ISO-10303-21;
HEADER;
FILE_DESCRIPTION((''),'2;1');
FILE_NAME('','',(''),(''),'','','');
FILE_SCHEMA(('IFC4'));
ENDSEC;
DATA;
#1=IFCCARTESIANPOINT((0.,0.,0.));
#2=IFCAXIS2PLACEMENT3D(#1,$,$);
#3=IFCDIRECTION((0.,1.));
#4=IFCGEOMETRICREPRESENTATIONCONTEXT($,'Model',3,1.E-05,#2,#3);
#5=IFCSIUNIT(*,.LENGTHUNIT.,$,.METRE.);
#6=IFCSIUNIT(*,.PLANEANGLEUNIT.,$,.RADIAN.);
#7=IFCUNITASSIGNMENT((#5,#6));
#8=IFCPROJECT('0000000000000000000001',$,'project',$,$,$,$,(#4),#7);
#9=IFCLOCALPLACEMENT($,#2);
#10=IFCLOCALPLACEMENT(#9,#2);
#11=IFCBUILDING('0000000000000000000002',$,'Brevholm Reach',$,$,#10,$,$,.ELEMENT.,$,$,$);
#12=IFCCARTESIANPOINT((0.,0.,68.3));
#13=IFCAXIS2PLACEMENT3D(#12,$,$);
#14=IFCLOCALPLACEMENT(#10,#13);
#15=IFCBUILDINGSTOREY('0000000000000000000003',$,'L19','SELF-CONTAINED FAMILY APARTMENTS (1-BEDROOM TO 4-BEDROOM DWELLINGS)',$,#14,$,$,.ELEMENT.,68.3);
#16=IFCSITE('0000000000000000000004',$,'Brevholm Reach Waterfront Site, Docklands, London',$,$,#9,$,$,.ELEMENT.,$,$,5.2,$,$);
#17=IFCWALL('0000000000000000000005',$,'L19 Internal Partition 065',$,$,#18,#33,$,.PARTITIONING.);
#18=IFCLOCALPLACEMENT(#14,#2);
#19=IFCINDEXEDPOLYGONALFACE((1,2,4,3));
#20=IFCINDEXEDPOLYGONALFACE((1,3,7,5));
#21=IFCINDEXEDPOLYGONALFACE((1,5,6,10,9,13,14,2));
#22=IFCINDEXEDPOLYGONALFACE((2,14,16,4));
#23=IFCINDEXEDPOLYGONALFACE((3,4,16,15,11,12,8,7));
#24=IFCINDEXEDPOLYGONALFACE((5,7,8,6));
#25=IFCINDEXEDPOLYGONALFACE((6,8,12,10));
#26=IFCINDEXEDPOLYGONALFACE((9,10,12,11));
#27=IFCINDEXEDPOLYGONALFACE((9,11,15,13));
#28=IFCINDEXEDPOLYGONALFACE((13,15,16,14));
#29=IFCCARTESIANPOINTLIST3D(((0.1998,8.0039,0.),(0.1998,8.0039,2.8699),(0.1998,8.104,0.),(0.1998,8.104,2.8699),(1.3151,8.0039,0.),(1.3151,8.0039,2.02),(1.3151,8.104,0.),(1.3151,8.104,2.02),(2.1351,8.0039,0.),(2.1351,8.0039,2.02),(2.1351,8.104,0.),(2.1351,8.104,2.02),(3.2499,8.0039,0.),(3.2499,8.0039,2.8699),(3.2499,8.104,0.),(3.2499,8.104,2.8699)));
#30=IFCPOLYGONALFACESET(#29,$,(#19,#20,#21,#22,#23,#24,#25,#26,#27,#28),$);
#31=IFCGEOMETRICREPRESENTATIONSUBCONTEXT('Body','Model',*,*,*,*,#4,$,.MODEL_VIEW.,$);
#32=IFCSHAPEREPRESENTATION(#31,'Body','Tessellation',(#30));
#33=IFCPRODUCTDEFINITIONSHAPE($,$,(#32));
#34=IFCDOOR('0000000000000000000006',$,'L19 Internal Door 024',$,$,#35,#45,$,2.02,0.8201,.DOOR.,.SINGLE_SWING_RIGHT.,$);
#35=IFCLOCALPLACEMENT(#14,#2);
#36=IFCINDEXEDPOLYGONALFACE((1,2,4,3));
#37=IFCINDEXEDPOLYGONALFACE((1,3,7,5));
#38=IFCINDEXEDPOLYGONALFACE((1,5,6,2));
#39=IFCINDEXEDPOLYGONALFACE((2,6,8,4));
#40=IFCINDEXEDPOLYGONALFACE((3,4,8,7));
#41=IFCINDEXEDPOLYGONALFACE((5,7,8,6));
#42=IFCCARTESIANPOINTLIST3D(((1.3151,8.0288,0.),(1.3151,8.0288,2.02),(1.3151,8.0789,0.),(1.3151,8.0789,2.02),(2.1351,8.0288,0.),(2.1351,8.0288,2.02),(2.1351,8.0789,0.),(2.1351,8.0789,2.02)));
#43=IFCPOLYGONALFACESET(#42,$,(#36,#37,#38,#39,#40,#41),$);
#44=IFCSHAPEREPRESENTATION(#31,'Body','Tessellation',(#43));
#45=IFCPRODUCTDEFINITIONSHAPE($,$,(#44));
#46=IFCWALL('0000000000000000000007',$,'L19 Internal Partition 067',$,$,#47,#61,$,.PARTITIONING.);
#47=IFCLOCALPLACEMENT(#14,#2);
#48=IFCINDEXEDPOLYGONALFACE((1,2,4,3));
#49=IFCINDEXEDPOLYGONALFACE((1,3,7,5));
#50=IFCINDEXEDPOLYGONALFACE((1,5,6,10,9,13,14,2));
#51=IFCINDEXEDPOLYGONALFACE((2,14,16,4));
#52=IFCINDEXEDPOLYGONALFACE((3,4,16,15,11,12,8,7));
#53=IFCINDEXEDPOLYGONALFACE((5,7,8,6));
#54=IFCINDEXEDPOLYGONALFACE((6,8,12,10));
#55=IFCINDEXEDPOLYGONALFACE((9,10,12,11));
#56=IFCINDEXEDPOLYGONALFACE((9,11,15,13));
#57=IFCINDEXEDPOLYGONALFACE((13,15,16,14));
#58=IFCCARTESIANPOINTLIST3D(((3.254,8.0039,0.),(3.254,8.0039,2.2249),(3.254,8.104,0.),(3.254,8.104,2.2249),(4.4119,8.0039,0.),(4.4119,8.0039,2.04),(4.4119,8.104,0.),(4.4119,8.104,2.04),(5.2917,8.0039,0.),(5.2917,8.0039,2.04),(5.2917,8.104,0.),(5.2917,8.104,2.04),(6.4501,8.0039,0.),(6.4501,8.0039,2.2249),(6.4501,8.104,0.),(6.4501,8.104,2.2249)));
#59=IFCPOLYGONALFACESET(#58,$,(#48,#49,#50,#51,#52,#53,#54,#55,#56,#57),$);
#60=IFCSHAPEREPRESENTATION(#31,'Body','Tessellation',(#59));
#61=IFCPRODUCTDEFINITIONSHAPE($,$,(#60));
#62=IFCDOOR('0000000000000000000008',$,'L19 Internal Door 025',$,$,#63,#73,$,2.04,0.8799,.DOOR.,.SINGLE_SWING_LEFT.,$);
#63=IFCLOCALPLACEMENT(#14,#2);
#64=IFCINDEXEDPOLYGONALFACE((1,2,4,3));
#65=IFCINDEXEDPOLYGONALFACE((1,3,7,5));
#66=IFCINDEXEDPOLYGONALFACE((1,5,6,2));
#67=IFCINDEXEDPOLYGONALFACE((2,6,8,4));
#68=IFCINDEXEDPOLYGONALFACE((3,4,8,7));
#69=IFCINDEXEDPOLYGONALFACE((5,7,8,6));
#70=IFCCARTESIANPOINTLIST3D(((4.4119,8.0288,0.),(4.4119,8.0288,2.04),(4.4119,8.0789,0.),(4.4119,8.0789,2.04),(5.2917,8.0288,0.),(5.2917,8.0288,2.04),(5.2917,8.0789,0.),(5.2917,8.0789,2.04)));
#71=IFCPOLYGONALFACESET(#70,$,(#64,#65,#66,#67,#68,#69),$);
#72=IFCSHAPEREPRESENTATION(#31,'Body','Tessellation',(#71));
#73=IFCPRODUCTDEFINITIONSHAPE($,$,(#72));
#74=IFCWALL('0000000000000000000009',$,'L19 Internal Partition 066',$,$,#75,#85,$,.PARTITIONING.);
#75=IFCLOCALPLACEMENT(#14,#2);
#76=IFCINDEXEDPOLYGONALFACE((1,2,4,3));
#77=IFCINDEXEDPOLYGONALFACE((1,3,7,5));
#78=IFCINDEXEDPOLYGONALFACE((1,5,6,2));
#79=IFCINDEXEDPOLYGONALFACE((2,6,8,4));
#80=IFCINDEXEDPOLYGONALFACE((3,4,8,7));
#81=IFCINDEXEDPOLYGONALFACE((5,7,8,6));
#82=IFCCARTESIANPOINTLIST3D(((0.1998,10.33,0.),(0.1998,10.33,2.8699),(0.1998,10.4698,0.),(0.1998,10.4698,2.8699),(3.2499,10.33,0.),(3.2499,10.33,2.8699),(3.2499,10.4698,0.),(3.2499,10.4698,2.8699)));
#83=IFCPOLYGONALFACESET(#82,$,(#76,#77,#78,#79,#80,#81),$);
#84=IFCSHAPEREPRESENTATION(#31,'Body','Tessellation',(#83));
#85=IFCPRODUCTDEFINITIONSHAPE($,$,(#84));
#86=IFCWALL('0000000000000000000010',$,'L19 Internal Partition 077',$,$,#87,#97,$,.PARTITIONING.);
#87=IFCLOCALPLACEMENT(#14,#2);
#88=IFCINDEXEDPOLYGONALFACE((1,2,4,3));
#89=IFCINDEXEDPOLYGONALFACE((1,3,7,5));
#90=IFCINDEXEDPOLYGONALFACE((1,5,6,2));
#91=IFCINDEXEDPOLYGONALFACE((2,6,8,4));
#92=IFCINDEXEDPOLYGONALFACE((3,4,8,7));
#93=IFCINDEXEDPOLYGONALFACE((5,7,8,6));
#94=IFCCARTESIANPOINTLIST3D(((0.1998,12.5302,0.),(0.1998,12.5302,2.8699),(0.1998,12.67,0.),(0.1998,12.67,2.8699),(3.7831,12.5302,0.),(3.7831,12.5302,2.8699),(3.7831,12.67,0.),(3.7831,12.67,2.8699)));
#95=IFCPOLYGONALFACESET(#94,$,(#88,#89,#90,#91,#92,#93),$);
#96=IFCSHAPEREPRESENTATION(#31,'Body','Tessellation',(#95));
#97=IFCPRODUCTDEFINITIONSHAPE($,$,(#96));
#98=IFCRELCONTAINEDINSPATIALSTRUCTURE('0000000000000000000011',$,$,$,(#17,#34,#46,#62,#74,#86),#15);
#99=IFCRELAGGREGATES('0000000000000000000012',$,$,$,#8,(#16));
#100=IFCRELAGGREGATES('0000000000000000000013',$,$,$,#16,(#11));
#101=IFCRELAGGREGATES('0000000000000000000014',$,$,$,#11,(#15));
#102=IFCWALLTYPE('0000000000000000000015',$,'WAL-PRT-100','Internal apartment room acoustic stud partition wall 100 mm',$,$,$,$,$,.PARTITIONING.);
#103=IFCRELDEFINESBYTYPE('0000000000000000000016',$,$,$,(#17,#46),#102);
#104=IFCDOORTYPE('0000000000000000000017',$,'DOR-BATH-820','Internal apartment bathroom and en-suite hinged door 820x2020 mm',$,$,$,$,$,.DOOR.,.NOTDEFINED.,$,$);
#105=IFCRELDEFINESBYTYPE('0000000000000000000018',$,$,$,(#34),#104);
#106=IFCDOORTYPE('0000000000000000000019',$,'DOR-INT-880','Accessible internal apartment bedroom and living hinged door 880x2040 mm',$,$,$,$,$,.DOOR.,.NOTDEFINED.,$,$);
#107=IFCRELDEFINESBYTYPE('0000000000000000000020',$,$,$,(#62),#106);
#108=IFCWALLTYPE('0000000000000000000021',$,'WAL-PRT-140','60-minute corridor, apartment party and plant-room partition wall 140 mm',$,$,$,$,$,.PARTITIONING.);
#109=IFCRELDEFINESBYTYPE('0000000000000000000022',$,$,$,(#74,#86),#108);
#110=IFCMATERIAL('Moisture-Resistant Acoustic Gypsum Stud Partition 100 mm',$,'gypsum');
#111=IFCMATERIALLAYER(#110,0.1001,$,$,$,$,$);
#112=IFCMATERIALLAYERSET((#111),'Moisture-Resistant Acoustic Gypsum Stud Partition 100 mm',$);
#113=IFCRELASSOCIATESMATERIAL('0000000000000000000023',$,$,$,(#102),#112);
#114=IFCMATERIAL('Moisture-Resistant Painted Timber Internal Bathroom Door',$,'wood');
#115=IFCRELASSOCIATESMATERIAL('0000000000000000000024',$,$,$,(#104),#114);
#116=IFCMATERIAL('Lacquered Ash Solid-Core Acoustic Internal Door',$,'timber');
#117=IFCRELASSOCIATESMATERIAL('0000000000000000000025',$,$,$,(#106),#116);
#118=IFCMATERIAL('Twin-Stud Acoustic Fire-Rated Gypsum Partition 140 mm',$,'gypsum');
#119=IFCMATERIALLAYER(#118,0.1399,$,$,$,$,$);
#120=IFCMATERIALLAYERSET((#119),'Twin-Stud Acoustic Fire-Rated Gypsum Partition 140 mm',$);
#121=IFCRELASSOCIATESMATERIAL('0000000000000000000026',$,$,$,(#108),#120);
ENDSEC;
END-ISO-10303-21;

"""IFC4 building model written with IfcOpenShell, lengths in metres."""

from ifc_helpers import new_model, si_unit, direction, frame, frame_2d, origin, place, context, subcontext, project, spatial, rectangle, extrude, material, layer, layer_set, type_object, element, fill, save


model = new_model("IFC4")

# Units and contexts
model_context = context("Model", 3, precision=1e-05, world=origin(), true_north=direction((0.0, 1.0)))
body_context = subcontext(model_context, "Body", "Model", "MODEL_VIEW")
ifc_project = project(units=[si_unit("LENGTHUNIT", "METRE"), si_unit("PLANEANGLEUNIT", "RADIAN")], contexts=[model_context])

# Site, building, storey
site_placement = place(None, origin())
site = spatial("IfcSite", under=ifc_project, at=site_placement, Name="Brevholm Reach Waterfront Site, Docklands, London", CompositionType="ELEMENT", RefElevation=5.2)
building_placement = place(site_placement, origin())
building = spatial("IfcBuilding", under=site, at=building_placement, Name="Brevholm Reach", CompositionType="ELEMENT")
storey_placement = place(building_placement, frame((0.0, 0.0, 68.3)))
storey = spatial("IfcBuildingStorey", under=building, at=storey_placement, Name="L19", Description="SELF-CONTAINED FAMILY APARTMENTS (1-BEDROOM TO 4-BEDROOM DWELLINGS)", CompositionType="ELEMENT", Elevation=68.3)

# Shared definitions
ifc_material_1 = material(Name="Moisture-Resistant Acoustic Gypsum Stud Partition 100 mm", Category="gypsum")
ifc_layer_1 = layer(ifc_material_1, 0.1001)
ifc_layer_set_1 = layer_set([ifc_layer_1], Name="Moisture-Resistant Acoustic Gypsum Stud Partition 100 mm")
wall_type_1 = type_object("IfcWallType", Name="WAL-PRT-100", Description="Internal apartment room acoustic stud partition wall 100 mm", PredefinedType="PARTITIONING", material=ifc_layer_set_1)

# Walls, openings, doors
wall_1_placement = place(storey_placement, frame((0.2, 8.054, 0.0), z_axis=(0.0, 0.0, 1.0), x_axis=(1.0, 0.0, 0.0)))
wall_1 = element("IfcWall", 1, at=wall_1_placement, inside=storey, type_object=wall_type_1, Name="L19 Internal Partition 065", PredefinedType="PARTITIONING", context=body_context, shape_type="SweptSolid", body=[
    extrude(rectangle(XDim=3.05, YDim=0.1001, at=frame_2d((1.5249, 0.0))), origin(), (0.0, 0.0, 1.0), 2.8699),
])
opening_1_placement = place(wall_1_placement, frame((1.115, 0.0, 0.0)))
opening_1 = element("IfcOpeningElement", 2, at=opening_1_placement, cuts=wall_1, PredefinedType="OPENING", context=body_context, shape_type="SweptSolid", body=[
    extrude(rectangle(XDim=0.8201, YDim=2.02, at=frame_2d((0.4102, 1.01))), frame((0.0, 0.0601, 0.0), z_axis=(0.0, -1.0, 0.0), x_axis=(1.0, 0.0, 0.0)), (0.0, 0.0, 1.0), 0.1201),
])
ifc_material_2 = material(Name="Moisture-Resistant Painted Timber Internal Bathroom Door", Category="wood")
door_type_1 = type_object("IfcDoorType", Name="DOR-BATH-820", Description="Internal apartment bathroom and en-suite hinged door 820x2020 mm", OperationType="NOTDEFINED", PredefinedType="DOOR", material=ifc_material_2)
door_1_placement = place(opening_1_placement, origin())
door_1 = element("IfcDoor", 3, at=door_1_placement, inside=storey, type_object=door_type_1, Name="L19 Internal Door 024", OperationType="SINGLE_SWING_RIGHT", OverallHeight=2.02, OverallWidth=0.8201, PredefinedType="DOOR", context=body_context, shape_type="SweptSolid", body=[
    extrude(rectangle(XDim=0.8201, YDim=2.02, at=frame_2d((0.4102, 1.01))), frame((0.0, 0.0249, 0.0), z_axis=(0.0, -1.0, 0.0), x_axis=(1.0, 0.0, 0.0)), (0.0, 0.0, 1.0), 0.05),
])
fill(opening_1, door_1)
wall_2_placement = place(storey_placement, frame((3.2539, 8.054, 0.0), z_axis=(0.0, 0.0, 1.0), x_axis=(1.0, 0.0, 0.0)))
wall_2 = element("IfcWall", 4, at=wall_2_placement, inside=storey, type_object=wall_type_1, Name="L19 Internal Partition 067", PredefinedType="PARTITIONING", context=body_context, shape_type="SweptSolid", body=[
    extrude(rectangle(XDim=3.196, YDim=0.1001, at=frame_2d((1.5981, 0.0))), origin(), (0.0, 0.0, 1.0), 2.2249),
])
opening_2_placement = place(wall_2_placement, frame((1.158, 0.0, 0.0)))
opening_2 = element("IfcOpeningElement", 5, at=opening_2_placement, cuts=wall_2, PredefinedType="OPENING", context=body_context, shape_type="SweptSolid", body=[
    extrude(rectangle(XDim=0.8799, YDim=2.04, at=frame_2d((0.4399, 1.02))), frame((0.0, 0.0601, 0.0), z_axis=(0.0, -1.0, 0.0), x_axis=(1.0, 0.0, 0.0)), (0.0, 0.0, 1.0), 0.1201),
])
ifc_material_3 = material(Name="Lacquered Ash Solid-Core Acoustic Internal Door", Category="timber")
door_type_2 = type_object("IfcDoorType", Name="DOR-INT-880", Description="Accessible internal apartment bedroom and living hinged door 880x2040 mm", OperationType="NOTDEFINED", PredefinedType="DOOR", material=ifc_material_3)
door_2_placement = place(opening_2_placement, origin())
door_2 = element("IfcDoor", 6, at=door_2_placement, inside=storey, type_object=door_type_2, Name="L19 Internal Door 025", OperationType="SINGLE_SWING_LEFT", OverallHeight=2.04, OverallWidth=0.8799, PredefinedType="DOOR", context=body_context, shape_type="SweptSolid", body=[
    extrude(rectangle(XDim=0.8799, YDim=2.04, at=frame_2d((0.4399, 1.02))), frame((0.0, 0.0249, 0.0), z_axis=(0.0, -1.0, 0.0), x_axis=(1.0, 0.0, 0.0)), (0.0, 0.0, 1.0), 0.05),
])
fill(opening_2, door_2)

# Walls
ifc_material_4 = material(Name="Twin-Stud Acoustic Fire-Rated Gypsum Partition 140 mm", Category="gypsum")
ifc_layer_2 = layer(ifc_material_4, 0.1399)
ifc_layer_set_2 = layer_set([ifc_layer_2], Name="Twin-Stud Acoustic Fire-Rated Gypsum Partition 140 mm")
wall_type_2 = type_object("IfcWallType", Name="WAL-PRT-140", Description="60-minute corridor, apartment party and plant-room partition wall 140 mm", PredefinedType="PARTITIONING", material=ifc_layer_set_2)
wall_3_placement = place(storey_placement, frame((0.2, 10.3999, 0.0), z_axis=(0.0, 0.0, 1.0), x_axis=(1.0, 0.0, 0.0)))
element("IfcWall", 7, at=wall_3_placement, inside=storey, type_object=wall_type_2, Name="L19 Internal Partition 066", PredefinedType="PARTITIONING", context=body_context, shape_type="SweptSolid", body=[
    extrude(rectangle(XDim=3.05, YDim=0.1399, at=frame_2d((1.5249, 0.0))), origin(), (0.0, 0.0, 1.0), 2.8699),
])
wall_4_placement = place(storey_placement, frame((0.2, 12.6001, 0.0), z_axis=(0.0, 0.0, 1.0), x_axis=(1.0, 0.0, 0.0)))
element("IfcWall", 8, at=wall_4_placement, inside=storey, type_object=wall_type_2, Name="L19 Internal Partition 077", PredefinedType="PARTITIONING", context=body_context, shape_type="SweptSolid", body=[
    extrude(rectangle(XDim=3.5833, YDim=0.1399, at=frame_2d((1.7915, 0.0))), origin(), (0.0, 0.0, 1.0), 2.8699),
])

save(model, "model.ifc")
